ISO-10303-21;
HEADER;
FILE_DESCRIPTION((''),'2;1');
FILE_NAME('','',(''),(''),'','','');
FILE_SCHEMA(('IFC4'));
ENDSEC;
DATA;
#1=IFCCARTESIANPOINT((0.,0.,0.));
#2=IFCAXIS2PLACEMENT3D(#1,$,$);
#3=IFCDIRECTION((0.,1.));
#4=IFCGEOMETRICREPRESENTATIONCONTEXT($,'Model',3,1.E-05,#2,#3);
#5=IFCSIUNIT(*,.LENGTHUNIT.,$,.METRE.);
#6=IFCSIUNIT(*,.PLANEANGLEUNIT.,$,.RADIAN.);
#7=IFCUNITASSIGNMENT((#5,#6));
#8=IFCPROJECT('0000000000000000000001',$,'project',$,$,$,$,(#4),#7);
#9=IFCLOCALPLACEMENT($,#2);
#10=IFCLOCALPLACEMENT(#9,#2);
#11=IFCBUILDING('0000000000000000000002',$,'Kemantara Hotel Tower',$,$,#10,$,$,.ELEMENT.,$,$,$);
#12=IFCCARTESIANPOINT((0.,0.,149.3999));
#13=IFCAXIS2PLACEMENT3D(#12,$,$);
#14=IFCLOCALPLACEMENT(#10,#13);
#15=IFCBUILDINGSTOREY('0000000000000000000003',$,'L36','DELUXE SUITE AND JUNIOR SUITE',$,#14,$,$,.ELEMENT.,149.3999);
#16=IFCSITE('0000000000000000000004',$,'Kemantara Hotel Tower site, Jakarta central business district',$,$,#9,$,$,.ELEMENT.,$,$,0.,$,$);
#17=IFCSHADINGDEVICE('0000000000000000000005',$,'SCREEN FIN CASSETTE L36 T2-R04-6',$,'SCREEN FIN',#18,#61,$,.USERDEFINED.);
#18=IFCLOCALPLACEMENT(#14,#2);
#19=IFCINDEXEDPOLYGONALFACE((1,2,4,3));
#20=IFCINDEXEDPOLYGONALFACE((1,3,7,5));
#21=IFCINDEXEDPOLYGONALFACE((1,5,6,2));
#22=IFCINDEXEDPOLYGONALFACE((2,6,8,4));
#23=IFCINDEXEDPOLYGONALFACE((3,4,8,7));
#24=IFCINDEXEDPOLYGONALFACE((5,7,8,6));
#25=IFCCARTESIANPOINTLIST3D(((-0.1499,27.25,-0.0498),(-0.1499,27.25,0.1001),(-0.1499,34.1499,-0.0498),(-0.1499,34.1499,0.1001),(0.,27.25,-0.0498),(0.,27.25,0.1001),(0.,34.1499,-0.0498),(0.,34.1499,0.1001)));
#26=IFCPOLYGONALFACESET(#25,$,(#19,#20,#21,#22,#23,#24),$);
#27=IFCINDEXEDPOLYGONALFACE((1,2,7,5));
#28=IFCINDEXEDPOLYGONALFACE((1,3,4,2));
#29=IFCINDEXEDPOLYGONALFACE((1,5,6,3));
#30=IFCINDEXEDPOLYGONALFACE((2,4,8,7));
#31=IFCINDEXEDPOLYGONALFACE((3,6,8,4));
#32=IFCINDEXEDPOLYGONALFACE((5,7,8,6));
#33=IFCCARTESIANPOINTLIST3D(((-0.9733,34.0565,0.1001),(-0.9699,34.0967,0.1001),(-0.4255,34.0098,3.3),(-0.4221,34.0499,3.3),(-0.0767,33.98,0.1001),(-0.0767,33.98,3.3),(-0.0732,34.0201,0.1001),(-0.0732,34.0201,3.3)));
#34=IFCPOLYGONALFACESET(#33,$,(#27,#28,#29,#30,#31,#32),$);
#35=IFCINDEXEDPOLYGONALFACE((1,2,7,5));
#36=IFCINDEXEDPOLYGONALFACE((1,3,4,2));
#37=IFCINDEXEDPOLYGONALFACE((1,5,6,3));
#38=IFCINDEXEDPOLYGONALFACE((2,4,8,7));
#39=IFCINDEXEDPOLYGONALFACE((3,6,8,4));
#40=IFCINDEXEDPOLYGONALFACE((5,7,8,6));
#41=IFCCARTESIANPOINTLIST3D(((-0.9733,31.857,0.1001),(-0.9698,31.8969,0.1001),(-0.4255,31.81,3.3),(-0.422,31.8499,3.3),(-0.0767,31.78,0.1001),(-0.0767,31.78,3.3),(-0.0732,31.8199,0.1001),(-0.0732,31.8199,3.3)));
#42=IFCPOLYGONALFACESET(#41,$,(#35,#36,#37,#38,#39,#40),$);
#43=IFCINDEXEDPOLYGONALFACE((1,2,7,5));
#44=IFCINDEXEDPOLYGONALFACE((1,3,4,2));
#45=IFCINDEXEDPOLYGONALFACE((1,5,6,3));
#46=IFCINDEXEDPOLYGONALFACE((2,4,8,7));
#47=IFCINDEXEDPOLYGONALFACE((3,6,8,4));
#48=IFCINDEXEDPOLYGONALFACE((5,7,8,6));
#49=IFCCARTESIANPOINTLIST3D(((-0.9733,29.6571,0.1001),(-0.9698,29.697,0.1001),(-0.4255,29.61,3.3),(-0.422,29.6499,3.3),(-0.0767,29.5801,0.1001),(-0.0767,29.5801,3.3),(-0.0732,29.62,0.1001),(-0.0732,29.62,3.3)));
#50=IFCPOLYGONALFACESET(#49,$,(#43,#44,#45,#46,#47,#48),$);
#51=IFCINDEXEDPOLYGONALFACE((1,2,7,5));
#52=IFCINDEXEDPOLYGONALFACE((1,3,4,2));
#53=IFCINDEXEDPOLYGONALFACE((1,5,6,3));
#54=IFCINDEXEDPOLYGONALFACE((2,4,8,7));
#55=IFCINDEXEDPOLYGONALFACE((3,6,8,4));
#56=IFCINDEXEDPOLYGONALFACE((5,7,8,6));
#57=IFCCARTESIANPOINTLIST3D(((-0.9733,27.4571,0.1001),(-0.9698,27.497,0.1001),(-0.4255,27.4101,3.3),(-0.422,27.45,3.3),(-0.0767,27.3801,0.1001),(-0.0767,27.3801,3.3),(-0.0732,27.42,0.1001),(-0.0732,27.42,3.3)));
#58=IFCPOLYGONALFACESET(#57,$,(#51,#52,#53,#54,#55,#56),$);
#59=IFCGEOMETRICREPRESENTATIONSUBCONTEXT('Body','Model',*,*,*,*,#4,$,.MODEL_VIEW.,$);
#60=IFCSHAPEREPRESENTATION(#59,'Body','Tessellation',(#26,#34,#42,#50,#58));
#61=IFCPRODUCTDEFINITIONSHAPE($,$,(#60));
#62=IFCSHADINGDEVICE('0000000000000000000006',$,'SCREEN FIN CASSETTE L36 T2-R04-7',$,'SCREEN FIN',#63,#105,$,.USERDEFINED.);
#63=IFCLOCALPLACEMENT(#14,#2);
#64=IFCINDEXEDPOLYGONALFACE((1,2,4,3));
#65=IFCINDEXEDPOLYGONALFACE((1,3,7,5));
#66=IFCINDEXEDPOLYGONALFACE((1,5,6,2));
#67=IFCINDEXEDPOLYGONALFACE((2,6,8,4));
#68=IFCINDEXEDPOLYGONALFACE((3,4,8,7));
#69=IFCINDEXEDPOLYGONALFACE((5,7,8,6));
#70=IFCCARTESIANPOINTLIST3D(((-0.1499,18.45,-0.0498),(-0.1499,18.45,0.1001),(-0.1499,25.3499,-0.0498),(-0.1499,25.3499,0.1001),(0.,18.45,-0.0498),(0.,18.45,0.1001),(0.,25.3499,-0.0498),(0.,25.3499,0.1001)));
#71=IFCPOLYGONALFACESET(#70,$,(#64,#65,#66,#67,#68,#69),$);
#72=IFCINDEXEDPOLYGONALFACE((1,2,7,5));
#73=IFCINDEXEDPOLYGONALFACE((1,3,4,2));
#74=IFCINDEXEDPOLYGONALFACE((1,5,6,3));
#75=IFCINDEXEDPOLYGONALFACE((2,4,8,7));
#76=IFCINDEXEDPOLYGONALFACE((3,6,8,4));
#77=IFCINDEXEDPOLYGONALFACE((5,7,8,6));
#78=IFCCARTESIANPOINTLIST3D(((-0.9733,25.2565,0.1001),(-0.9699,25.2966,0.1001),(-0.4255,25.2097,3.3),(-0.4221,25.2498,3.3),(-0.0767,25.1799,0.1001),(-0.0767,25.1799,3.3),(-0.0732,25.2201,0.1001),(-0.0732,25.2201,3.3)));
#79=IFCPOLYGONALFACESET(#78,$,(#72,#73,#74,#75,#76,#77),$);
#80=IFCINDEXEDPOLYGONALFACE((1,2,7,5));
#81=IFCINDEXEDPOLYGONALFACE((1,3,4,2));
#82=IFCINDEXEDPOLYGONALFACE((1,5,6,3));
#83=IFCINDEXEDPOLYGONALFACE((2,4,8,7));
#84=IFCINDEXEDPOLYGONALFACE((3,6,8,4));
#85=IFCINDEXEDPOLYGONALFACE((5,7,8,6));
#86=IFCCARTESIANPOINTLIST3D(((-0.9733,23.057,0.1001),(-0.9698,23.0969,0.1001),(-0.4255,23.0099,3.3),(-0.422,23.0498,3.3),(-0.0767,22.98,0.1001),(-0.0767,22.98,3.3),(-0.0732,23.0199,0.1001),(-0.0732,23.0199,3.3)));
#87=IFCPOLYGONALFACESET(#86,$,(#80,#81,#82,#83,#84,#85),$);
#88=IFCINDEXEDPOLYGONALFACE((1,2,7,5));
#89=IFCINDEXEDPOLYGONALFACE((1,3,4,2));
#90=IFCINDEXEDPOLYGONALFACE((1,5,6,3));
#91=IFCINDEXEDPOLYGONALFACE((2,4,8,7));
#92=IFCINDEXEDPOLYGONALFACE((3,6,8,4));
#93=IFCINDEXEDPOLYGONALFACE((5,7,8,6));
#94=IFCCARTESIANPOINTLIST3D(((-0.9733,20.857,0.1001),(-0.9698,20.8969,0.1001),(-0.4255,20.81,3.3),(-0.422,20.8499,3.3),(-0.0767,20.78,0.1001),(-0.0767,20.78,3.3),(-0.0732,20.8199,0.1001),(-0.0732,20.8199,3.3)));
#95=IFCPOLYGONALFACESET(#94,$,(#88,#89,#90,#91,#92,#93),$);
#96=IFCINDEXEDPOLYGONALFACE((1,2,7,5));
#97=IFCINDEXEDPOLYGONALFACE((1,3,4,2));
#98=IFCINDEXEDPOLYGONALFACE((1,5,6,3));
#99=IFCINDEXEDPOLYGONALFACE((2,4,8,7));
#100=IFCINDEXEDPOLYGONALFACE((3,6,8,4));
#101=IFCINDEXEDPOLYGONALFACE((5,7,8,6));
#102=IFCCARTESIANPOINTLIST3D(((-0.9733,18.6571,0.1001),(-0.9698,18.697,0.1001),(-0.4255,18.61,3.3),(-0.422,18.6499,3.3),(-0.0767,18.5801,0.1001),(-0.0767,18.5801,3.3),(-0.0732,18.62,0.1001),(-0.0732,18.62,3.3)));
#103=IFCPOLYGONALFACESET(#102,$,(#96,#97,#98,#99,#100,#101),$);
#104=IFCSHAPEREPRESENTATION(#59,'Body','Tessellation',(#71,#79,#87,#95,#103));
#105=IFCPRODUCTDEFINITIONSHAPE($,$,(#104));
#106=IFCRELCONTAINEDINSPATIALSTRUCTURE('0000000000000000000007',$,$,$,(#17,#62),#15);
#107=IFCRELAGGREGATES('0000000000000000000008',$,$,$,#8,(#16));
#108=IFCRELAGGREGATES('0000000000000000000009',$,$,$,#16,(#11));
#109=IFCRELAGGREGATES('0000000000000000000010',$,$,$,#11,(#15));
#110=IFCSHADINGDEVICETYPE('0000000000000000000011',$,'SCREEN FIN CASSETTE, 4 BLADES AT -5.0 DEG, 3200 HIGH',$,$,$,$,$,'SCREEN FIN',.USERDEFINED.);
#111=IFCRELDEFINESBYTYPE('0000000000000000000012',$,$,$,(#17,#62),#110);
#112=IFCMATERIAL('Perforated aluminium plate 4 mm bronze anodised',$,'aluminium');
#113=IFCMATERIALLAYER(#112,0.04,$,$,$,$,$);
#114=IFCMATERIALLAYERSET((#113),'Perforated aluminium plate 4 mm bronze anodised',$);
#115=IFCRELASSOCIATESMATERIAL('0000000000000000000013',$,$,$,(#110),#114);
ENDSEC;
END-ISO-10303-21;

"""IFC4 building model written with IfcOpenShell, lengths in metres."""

from ifc_helpers import new_model, si_unit, direction, frame, origin, origin_2d, place, context, subcontext, project, spatial, polyline, rectangle, outline, extrude, source, transform, mapped, material, layer, layer_set, type_object, element, save


model = new_model("IFC4")

# Units and contexts
model_context = context("Model", 3, precision=1e-05, world=origin(), true_north=direction((0.0, 1.0)))
body_context = subcontext(model_context, "Body", "Model", "MODEL_VIEW")
ifc_project = project(units=[si_unit("LENGTHUNIT", "METRE"), si_unit("PLANEANGLEUNIT", "RADIAN")], contexts=[model_context])

# Site, building, storey
site_placement = place(None, origin())
site = spatial("IfcSite", under=ifc_project, at=site_placement, Name="Kemantara Hotel Tower site, Jakarta central business district", CompositionType="ELEMENT", RefElevation=0.0)
building_placement = place(site_placement, origin())
building = spatial("IfcBuilding", under=site, at=building_placement, Name="Kemantara Hotel Tower", CompositionType="ELEMENT")
storey_placement = place(building_placement, frame((0.0, 0.0, 149.3999)))
storey = spatial("IfcBuildingStorey", under=building, at=storey_placement, Name="L36", Description="DELUXE SUITE AND JUNIOR SUITE", CompositionType="ELEMENT", Elevation=149.3999)

# Shading devices
ifc_material_1 = material(Name="Perforated aluminium plate 4 mm bronze anodised", Category="aluminium")
ifc_layer_1 = layer(ifc_material_1, 0.04)
ifc_layer_set_1 = layer_set([ifc_layer_1], Name="Perforated aluminium plate 4 mm bronze anodised")
shading_device_type = type_object("IfcShadingDeviceType", Name="SCREEN FIN CASSETTE, 4 BLADES AT -5.0 DEG, 3200 HIGH", ElementType="SCREEN FIN", PredefinedType="USERDEFINED", material=ifc_layer_set_1)
shared_shape = source(origin(), body_context, "Body", "SweptSolid", [
    extrude(rectangle(XDim=6.8999, YDim=0.1499, at=origin_2d()), frame((3.3, -0.075, -0.1499), z_axis=(0.0, 0.0, 1.0), x_axis=(1.0, 0.0, 0.0)), (0.0, 0.0, 1.0), 0.1499),
    extrude(outline(polyline([(0.0, 0.0), (0.8999, 0.0), (0.3501, 3.2), (0.0, 3.2), (0.0, 0.0)])), frame((0.02, -0.0767, 0.0), z_axis=(-0.996376, 0.085056, 0.0), x_axis=(-0.085056, -0.996376, 0.0)), (0.0, 0.0, 1.0), 0.0403),
    extrude(outline(polyline([(0.0, 0.0), (0.8999, 0.0), (0.3501, 3.2), (0.0, 3.2), (0.0, 0.0)])), frame((2.22, -0.0767, 0.0), z_axis=(-0.996332, 0.085575, 0.0), x_axis=(-0.085575, -0.996332, 0.0)), (0.0, 0.0, 1.0), 0.04),
    extrude(outline(polyline([(0.0, 0.0), (0.8999, 0.0), (0.3501, 3.2), (0.0, 3.2), (0.0, 0.0)])), frame((4.4199, -0.0767, 0.0), z_axis=(-0.996332, 0.085575, 0.0), x_axis=(-0.085575, -0.996332, 0.0)), (0.0, 0.0, 1.0), 0.04),
    extrude(outline(polyline([(0.0, 0.0), (0.8999, 0.0), (0.3501, 3.2), (0.0, 3.2), (0.0, 0.0)])), frame((6.6199, -0.0767, 0.0), z_axis=(-0.996332, 0.085575, 0.0), x_axis=(-0.085575, -0.996332, 0.0)), (0.0, 0.0, 1.0), 0.04),
])
for number, where, z_axis, x_axis, name in (
    (1, (0.0, 34.0, 0.1001), (0.0, 0.0, 1.0), (0.0, -1.0, 0.0), "SCREEN FIN CASSETTE L36 T2-R04-6"),
    (2, (0.0, 25.2, 0.1001), (0.0, 0.0, 1.0), (0.0, -1.0, 0.0), "SCREEN FIN CASSETTE L36 T2-R04-7"),
):
    element("IfcShadingDevice", number, at=place(storey_placement, frame(where, z_axis=z_axis, x_axis=x_axis)), inside=storey, type_object=shading_device_type, Name=name, ObjectType="SCREEN FIN", PredefinedType="USERDEFINED", context=body_context, shape_type="MappedRepresentation", body=[
        mapped(shared_shape, transform((0.0, 0.0, 0.0))),
    ])

save(model, "model.ifc")
